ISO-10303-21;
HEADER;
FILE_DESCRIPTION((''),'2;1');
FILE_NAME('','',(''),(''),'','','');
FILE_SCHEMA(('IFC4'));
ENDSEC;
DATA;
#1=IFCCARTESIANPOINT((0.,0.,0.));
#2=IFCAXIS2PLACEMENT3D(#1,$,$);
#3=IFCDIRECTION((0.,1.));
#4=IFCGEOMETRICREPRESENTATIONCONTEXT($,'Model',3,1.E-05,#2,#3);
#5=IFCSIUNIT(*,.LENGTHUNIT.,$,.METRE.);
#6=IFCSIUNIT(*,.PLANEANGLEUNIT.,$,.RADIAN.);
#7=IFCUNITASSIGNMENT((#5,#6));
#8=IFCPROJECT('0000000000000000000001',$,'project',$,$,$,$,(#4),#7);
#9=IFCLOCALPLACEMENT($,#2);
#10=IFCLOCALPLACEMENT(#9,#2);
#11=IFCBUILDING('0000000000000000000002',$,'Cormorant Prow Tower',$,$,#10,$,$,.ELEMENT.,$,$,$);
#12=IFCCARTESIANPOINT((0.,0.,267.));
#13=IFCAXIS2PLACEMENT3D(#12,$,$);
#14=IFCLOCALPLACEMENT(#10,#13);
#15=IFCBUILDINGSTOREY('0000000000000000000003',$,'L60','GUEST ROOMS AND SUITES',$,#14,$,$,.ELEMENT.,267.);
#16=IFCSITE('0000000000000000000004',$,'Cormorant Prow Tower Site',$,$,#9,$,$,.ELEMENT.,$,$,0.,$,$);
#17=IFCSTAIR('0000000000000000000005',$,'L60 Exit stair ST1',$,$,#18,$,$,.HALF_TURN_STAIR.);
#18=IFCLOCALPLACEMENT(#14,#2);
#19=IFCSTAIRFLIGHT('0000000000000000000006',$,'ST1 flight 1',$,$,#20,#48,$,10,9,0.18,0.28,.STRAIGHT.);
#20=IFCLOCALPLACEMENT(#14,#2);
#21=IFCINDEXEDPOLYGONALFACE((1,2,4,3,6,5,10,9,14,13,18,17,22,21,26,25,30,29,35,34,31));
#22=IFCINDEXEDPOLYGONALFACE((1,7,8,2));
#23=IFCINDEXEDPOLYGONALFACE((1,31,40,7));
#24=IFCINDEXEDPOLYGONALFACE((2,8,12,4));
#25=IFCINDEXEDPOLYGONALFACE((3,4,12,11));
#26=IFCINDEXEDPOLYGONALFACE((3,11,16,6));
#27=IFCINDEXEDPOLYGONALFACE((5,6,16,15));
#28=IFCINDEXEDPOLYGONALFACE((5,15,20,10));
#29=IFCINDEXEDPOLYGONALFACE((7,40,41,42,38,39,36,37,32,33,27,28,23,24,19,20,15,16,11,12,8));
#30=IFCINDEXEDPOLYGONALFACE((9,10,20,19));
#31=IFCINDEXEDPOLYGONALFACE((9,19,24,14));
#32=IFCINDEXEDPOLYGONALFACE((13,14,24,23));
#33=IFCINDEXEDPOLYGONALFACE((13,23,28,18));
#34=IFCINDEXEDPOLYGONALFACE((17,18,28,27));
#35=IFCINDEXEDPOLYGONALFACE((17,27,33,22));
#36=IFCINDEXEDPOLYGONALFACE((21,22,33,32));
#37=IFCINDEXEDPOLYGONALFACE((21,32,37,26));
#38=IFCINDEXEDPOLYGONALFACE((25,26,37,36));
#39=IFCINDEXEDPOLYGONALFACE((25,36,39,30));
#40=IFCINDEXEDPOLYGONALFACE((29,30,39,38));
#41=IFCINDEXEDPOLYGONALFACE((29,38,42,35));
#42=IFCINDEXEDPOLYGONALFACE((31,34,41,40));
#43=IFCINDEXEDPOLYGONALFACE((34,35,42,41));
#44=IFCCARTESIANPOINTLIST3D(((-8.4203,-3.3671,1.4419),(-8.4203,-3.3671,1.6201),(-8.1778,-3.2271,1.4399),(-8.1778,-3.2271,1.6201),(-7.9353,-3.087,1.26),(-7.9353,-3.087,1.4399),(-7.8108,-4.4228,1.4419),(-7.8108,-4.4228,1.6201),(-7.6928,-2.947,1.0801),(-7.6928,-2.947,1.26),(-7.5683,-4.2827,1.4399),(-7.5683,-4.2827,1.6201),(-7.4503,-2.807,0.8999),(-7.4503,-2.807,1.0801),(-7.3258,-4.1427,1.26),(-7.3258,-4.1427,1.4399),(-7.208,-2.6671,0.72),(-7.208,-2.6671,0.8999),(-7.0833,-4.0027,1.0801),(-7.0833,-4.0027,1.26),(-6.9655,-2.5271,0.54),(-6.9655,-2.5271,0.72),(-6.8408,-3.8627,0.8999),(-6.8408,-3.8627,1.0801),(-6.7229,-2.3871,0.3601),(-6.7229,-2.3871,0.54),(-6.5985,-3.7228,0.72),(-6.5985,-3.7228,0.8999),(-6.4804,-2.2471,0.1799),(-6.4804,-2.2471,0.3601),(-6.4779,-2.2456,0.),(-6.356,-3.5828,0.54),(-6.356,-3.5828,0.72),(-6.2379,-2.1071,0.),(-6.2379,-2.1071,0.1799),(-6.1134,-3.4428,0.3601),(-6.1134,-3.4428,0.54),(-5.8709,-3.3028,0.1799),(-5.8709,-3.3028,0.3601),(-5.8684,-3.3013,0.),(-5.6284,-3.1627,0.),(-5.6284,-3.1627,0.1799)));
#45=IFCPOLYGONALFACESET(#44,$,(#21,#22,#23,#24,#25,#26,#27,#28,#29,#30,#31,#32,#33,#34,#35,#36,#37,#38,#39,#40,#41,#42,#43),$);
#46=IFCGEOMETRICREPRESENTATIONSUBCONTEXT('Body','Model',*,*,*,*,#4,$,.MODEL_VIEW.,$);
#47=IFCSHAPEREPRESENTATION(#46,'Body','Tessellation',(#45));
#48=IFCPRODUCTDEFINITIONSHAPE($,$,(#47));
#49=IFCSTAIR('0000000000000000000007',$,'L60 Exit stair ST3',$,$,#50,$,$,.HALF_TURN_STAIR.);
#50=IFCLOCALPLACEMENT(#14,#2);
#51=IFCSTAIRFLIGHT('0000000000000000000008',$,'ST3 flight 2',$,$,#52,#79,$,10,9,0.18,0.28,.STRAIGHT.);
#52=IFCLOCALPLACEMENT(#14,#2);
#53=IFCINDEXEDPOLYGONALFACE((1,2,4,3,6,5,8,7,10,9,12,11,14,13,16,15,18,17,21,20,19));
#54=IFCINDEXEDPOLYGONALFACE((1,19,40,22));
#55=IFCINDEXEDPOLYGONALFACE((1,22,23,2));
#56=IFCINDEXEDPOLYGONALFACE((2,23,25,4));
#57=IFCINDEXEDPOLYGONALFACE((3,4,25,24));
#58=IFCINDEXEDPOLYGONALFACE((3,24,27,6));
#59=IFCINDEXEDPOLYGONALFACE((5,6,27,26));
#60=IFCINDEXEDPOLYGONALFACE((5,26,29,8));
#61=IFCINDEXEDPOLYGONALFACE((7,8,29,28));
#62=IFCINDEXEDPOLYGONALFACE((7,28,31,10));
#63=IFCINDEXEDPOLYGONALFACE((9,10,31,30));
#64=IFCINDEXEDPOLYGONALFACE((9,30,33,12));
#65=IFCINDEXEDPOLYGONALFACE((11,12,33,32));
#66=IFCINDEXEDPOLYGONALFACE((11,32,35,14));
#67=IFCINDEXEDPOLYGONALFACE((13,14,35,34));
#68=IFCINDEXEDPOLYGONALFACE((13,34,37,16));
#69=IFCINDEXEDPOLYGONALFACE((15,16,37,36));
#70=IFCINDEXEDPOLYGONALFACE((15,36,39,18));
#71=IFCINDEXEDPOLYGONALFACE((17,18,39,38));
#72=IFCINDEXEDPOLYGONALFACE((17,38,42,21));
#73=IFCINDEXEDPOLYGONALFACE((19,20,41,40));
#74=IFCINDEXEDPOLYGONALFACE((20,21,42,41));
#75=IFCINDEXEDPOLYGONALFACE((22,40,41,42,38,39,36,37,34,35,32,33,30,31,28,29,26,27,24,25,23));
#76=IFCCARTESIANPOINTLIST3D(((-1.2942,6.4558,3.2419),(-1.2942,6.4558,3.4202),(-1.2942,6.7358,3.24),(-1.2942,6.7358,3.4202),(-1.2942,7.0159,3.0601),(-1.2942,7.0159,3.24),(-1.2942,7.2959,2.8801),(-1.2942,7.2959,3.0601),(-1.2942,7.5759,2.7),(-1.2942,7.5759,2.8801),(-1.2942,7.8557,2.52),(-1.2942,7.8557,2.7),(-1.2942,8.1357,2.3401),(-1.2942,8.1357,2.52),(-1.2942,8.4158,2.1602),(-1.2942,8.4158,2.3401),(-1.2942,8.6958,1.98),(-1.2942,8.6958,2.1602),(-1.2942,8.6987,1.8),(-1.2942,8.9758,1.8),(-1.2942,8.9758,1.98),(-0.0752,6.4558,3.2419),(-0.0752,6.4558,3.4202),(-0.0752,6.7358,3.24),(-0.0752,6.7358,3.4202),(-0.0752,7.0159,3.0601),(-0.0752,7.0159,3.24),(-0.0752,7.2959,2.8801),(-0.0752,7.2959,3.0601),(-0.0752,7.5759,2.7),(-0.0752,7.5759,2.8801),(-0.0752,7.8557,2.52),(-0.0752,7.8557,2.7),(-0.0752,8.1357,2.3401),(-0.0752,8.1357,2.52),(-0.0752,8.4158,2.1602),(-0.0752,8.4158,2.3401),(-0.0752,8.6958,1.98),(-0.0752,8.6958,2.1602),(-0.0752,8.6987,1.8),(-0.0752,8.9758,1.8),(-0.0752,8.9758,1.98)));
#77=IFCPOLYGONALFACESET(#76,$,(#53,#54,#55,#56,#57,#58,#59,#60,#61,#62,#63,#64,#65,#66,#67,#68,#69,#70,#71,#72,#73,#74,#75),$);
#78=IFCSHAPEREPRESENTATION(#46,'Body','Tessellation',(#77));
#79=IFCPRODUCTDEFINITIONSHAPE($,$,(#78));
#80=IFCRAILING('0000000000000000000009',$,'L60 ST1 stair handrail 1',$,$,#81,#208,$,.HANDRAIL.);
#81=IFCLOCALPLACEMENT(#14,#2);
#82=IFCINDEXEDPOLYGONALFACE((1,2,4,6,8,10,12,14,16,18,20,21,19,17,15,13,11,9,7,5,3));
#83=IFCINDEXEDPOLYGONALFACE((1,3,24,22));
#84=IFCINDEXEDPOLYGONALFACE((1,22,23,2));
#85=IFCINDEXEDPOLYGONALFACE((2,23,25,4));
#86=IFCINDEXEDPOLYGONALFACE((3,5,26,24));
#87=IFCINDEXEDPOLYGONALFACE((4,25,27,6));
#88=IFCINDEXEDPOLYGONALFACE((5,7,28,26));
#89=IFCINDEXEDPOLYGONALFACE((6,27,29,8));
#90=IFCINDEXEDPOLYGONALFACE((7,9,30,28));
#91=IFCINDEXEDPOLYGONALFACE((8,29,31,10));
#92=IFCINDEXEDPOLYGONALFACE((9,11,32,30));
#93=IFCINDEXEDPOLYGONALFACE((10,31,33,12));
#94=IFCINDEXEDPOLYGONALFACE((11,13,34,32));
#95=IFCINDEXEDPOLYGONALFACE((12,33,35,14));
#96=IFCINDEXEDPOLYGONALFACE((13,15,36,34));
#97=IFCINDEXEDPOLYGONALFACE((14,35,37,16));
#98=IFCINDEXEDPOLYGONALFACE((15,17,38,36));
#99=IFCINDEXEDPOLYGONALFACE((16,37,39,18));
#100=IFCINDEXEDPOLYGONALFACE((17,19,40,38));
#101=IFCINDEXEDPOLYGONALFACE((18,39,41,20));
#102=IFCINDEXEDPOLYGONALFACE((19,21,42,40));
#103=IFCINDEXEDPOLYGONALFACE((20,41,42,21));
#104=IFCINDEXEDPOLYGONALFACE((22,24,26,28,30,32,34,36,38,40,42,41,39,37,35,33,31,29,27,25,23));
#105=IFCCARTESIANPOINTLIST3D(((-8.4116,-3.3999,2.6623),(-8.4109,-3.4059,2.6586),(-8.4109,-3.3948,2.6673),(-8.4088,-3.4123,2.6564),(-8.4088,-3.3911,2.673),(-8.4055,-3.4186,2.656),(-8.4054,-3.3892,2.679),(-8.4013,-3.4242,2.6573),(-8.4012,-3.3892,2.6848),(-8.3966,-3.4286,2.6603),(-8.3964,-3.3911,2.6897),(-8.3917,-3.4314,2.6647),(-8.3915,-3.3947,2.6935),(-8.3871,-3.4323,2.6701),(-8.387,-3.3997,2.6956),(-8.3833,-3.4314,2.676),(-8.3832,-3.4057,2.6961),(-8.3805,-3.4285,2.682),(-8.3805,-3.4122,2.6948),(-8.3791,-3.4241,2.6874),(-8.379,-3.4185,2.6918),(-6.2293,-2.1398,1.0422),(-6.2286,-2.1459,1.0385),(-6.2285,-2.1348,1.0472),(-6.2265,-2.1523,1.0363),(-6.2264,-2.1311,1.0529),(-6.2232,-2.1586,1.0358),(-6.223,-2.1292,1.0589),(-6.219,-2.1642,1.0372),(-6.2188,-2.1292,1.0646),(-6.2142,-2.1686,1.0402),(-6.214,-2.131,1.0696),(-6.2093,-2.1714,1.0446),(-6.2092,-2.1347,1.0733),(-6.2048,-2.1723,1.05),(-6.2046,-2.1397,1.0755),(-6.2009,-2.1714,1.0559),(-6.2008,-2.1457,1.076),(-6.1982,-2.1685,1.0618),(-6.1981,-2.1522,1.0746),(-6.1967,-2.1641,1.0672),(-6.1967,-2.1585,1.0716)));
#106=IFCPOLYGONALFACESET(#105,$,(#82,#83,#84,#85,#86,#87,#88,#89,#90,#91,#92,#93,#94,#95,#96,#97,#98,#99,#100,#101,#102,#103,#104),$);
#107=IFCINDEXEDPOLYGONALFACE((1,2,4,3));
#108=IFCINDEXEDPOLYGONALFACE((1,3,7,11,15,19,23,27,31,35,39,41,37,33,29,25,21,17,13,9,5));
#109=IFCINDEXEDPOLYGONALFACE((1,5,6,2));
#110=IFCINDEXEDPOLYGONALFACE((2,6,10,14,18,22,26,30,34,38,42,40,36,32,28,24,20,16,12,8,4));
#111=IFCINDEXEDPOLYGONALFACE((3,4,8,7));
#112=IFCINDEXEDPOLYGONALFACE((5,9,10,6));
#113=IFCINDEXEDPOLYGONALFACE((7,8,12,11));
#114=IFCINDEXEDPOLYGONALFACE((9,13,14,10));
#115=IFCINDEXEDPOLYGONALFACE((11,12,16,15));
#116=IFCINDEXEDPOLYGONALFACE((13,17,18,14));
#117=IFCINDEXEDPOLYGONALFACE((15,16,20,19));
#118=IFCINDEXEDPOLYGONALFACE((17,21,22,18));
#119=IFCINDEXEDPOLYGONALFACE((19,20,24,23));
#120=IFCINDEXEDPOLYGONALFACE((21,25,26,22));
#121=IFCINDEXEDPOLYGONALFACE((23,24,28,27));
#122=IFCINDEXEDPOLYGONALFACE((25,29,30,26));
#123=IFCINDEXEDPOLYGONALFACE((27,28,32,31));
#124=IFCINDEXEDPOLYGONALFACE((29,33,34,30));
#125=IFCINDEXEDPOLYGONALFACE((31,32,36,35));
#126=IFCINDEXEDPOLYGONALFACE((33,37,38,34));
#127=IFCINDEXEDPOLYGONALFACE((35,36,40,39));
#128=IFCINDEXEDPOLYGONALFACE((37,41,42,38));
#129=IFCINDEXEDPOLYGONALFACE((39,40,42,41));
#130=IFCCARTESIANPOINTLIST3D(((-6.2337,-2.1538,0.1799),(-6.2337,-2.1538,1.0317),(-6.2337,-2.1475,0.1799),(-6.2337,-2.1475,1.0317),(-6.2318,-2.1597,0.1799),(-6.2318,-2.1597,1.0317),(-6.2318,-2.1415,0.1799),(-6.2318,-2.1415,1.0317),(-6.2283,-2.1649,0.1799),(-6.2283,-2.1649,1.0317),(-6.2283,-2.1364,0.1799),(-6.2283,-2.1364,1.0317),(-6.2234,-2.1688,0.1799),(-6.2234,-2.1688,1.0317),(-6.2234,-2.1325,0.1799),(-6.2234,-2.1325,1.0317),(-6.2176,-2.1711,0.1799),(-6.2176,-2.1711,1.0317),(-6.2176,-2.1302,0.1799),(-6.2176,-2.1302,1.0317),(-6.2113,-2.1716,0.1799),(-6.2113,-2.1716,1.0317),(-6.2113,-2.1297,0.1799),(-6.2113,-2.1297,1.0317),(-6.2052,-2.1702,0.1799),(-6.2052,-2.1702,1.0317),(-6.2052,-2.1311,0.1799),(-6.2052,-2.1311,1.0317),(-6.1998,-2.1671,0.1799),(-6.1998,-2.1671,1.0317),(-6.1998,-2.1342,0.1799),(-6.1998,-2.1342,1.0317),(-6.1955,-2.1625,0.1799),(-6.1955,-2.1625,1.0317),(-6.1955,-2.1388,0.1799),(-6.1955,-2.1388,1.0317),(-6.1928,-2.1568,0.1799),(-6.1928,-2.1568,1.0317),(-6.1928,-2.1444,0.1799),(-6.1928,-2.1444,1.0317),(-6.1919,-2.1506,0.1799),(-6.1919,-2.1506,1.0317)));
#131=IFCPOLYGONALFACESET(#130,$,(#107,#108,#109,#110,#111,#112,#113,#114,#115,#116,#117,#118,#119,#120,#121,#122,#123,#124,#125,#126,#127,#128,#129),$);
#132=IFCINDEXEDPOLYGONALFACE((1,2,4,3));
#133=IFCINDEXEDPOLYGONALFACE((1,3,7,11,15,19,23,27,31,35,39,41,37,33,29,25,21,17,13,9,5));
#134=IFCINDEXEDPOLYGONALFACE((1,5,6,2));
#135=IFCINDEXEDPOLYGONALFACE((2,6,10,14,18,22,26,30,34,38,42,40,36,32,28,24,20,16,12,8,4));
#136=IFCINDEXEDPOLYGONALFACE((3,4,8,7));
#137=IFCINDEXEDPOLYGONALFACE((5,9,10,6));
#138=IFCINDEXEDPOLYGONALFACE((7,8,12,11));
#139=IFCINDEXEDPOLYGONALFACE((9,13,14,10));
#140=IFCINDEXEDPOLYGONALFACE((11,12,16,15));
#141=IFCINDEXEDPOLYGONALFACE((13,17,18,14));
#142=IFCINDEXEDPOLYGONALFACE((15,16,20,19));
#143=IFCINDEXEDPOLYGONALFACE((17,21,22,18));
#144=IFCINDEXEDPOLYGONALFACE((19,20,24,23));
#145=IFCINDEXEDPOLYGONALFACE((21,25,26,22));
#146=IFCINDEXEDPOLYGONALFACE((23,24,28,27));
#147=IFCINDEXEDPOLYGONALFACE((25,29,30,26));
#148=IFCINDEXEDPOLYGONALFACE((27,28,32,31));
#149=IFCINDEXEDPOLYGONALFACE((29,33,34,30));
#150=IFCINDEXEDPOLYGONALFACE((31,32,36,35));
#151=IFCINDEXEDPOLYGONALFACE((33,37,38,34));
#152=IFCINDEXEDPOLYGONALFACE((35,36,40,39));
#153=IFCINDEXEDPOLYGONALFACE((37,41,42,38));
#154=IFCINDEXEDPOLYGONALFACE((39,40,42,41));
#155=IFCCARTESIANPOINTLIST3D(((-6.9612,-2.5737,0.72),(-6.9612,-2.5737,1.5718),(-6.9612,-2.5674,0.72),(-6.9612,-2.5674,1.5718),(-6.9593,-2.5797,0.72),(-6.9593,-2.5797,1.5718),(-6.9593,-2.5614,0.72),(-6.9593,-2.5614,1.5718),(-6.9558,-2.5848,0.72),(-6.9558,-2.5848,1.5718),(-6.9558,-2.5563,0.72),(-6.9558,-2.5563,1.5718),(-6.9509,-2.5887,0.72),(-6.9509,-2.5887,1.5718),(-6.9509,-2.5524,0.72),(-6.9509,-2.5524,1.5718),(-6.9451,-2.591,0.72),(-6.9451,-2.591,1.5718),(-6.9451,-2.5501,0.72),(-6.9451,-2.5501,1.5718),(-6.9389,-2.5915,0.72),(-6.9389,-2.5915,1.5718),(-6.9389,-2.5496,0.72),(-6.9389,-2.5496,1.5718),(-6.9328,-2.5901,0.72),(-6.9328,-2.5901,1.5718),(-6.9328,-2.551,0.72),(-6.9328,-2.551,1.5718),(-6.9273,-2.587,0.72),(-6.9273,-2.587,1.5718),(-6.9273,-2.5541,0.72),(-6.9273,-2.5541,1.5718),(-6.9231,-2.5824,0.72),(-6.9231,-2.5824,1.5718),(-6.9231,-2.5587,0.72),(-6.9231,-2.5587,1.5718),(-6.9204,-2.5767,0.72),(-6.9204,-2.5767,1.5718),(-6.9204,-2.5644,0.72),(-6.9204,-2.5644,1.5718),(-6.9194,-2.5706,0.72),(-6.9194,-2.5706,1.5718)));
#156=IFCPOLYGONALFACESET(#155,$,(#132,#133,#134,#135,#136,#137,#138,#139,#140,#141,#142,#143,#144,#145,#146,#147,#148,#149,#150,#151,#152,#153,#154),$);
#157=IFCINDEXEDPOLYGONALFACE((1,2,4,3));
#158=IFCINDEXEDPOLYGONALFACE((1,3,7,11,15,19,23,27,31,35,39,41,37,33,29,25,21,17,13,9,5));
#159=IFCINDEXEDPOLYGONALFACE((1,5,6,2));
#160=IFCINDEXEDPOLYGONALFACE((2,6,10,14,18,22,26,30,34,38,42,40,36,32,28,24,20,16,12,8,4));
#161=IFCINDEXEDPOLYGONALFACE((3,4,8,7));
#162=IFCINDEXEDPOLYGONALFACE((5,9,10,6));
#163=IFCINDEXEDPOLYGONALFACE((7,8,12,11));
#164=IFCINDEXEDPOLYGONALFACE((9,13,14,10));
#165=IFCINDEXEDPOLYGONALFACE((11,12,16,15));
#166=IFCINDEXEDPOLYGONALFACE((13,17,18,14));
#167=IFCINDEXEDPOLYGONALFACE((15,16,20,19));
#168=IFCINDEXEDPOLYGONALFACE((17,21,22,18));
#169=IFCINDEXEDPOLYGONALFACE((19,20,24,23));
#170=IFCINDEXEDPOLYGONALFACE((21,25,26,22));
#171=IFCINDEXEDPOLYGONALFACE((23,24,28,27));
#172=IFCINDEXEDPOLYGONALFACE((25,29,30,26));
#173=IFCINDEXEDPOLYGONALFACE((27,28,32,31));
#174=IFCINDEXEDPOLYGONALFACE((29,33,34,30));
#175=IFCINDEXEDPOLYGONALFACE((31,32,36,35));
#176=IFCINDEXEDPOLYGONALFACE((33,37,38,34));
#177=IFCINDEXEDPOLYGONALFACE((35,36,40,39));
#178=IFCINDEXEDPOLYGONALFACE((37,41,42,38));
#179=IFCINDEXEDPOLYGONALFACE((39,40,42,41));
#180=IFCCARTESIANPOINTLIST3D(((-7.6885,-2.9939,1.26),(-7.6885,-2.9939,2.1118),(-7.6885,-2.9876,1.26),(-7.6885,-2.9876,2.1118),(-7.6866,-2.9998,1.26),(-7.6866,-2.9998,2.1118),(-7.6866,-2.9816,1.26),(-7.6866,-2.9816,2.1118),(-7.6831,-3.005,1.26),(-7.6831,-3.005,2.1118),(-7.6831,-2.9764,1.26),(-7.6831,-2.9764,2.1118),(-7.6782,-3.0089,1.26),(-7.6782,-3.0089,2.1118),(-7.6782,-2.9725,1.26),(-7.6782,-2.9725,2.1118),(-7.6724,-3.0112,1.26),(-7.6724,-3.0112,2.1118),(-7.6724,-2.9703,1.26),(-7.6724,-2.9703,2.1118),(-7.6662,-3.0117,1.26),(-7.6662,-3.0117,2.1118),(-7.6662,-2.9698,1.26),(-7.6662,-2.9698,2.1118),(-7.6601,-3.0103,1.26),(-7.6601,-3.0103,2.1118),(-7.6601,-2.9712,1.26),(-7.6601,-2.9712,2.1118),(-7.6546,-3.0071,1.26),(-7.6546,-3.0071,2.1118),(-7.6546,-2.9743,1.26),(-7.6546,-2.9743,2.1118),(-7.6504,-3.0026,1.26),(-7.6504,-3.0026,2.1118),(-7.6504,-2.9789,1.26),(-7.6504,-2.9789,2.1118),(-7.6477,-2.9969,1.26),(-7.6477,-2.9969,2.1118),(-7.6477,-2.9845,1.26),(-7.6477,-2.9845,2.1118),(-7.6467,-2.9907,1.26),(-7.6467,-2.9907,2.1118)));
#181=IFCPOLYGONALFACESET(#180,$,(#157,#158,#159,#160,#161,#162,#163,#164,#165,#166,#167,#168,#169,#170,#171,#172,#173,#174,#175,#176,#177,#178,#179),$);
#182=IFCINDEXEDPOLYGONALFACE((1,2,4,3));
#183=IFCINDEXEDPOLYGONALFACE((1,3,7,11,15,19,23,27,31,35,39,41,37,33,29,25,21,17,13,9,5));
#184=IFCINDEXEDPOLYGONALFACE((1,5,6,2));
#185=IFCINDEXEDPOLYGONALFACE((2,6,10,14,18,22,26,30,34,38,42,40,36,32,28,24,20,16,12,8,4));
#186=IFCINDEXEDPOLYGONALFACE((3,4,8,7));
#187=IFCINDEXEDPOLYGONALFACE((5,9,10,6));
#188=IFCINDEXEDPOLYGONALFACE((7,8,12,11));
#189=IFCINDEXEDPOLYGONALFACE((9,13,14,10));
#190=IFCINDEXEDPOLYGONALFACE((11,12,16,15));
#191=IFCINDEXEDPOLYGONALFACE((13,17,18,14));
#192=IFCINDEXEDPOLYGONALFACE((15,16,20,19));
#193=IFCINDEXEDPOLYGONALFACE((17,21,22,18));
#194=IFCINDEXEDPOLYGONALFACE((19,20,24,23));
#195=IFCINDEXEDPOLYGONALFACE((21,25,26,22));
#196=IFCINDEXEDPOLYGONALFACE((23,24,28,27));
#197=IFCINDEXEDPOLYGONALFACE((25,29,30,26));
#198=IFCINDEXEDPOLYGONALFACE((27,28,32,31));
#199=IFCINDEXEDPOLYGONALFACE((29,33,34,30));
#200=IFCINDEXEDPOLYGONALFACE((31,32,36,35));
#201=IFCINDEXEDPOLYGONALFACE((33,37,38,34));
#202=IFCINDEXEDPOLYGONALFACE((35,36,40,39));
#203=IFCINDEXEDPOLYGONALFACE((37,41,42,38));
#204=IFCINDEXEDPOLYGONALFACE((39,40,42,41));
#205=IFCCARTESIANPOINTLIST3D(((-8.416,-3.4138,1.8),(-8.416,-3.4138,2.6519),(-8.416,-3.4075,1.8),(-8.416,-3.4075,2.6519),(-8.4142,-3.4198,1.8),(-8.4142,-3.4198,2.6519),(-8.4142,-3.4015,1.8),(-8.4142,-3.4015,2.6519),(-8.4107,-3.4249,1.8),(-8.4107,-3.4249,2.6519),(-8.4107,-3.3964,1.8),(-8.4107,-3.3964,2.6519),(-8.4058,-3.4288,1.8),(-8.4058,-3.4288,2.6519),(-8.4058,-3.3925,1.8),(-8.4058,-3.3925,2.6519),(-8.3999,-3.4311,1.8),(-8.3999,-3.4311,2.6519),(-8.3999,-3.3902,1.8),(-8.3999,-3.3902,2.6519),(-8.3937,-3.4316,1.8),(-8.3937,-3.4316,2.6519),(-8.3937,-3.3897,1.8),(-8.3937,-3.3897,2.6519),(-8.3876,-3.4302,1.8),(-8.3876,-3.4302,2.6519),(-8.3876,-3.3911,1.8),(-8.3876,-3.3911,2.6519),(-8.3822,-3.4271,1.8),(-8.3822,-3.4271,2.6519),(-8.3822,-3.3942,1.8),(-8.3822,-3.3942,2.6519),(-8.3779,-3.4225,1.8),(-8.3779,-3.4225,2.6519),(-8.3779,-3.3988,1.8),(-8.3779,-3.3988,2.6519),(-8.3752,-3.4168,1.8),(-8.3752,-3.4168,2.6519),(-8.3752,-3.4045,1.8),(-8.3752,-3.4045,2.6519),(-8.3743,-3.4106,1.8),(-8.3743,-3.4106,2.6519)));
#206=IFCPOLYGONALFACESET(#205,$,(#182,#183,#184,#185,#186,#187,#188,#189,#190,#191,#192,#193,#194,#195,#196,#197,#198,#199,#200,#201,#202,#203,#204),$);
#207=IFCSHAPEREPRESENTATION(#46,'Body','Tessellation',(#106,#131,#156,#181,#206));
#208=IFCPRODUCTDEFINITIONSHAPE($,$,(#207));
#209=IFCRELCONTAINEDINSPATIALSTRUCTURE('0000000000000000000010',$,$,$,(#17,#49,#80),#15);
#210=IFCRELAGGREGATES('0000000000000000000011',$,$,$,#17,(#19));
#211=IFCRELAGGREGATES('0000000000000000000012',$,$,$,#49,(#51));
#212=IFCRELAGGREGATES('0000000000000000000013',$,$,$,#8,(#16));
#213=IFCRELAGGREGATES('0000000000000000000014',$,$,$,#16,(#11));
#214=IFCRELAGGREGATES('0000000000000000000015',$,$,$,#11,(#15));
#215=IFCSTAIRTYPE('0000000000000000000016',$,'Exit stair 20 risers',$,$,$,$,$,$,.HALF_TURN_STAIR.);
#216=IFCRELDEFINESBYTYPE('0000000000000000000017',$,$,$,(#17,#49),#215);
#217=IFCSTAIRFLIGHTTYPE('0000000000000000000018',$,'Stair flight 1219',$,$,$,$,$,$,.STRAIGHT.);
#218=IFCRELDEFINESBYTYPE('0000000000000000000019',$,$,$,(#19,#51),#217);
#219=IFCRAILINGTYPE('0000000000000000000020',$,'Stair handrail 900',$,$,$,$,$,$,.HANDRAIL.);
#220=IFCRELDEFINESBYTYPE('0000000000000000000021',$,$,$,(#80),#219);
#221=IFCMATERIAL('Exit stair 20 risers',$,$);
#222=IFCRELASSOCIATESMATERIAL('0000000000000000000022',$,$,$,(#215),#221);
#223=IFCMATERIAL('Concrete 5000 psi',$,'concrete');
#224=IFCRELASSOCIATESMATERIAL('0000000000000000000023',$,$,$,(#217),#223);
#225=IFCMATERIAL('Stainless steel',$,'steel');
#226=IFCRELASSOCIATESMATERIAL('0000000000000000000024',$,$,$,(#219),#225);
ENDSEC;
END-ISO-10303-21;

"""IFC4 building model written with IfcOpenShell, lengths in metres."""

from ifc_helpers import new_model, si_unit, direction, frame, origin, origin_2d, place, context, subcontext, project, spatial, polyline, circle, outline, extrude, material, type_object, element, aggregate, save


model = new_model("IFC4")

# Units and contexts
model_context = context("Model", 3, precision=1e-05, world=origin(), true_north=direction((0.0, 1.0)))
body_context = subcontext(model_context, "Body", "Model", "MODEL_VIEW")
ifc_project = project(units=[si_unit("LENGTHUNIT", "METRE"), si_unit("PLANEANGLEUNIT", "RADIAN")], contexts=[model_context])

# Site, building, storey
site_placement = place(None, origin())
site = spatial("IfcSite", under=ifc_project, at=site_placement, Name="Cormorant Prow Tower Site", CompositionType="ELEMENT", RefElevation=0.0)
building_placement = place(site_placement, origin())
building = spatial("IfcBuilding", under=site, at=building_placement, Name="Cormorant Prow Tower", CompositionType="ELEMENT")
storey_placement = place(building_placement, frame((0.0, 0.0, 267.0)))
storey = spatial("IfcBuildingStorey", under=building, at=storey_placement, Name="L60", Description="GUEST ROOMS AND SUITES", CompositionType="ELEMENT", Elevation=267.0)

# Stairs, stair flights
ifc_material_1 = material(Name="Exit stair 20 risers")
stair_type = type_object("IfcStairType", Name="Exit stair 20 risers", PredefinedType="HALF_TURN_STAIR", material=ifc_material_1)
stair_1_placement = place(storey_placement, origin())
stair_1 = element("IfcStair", 1, at=stair_1_placement, inside=storey, type_object=stair_type, Name="L60 Exit stair ST1", PredefinedType="HALF_TURN_STAIR")
ifc_material_2 = material(Name="Concrete 5000 psi", Category="concrete")
stair_flight_type = type_object("IfcStairFlightType", Name="Stair flight 1219", PredefinedType="STRAIGHT", material=ifc_material_2)
stair_flight_1_placement = place(storey_placement, frame((-5.9331, -2.635, 0.0), z_axis=(0.0, 0.0, 1.0), x_axis=(-0.866025, -0.5, 0.0)))
stair_flight_1 = element("IfcStairFlight", 2, at=stair_flight_1_placement, type_object=stair_flight_type, Name="ST1 flight 1", NumberOfRisers=10, NumberOfTreads=9, PredefinedType="STRAIGHT", RiserHeight=0.18, TreadLength=0.28, context=body_context, shape_type="SweptSolid", body=[
    extrude(outline(polyline([(0.0, 0.0), (0.0, 0.1799), (0.28, 0.1799), (0.28, 0.3601), (0.5601, 0.3601), (0.5601, 0.54), (0.8401, 0.54), (0.8401, 0.72), (1.1201, 0.72), (1.1201, 0.8999), (1.3999, 0.8999), (1.3999, 1.0801), (1.6799, 1.0801), (1.6799, 1.26), (1.96, 1.26), (1.96, 1.4399), (2.24, 1.4399), (2.24, 1.6201), (2.52, 1.6201), (2.52, 1.8), (2.52, 1.4419), (0.2771, 0.0), (0.0, 0.0)])), frame((0.0, 0.6094, 0.0), z_axis=(0.0, -1.0, 0.0), x_axis=(1.0, 0.0, 0.0)), (0.0, 0.0, 1.0), 1.219),
])
aggregate(stair_1, [stair_flight_1])
stair_2_placement = place(storey_placement, origin())
stair_2 = element("IfcStair", 3, at=stair_2_placement, inside=storey, type_object=stair_type, Name="L60 Exit stair ST3", PredefinedType="HALF_TURN_STAIR")
stair_flight_2_placement = place(storey_placement, frame((-0.6846, 8.9758, 1.8), z_axis=(0.0, 0.0, 1.0), x_axis=(0.0, -1.0, 0.0)))
stair_flight_2 = element("IfcStairFlight", 4, at=stair_flight_2_placement, type_object=stair_flight_type, Name="ST3 flight 2", NumberOfRisers=10, NumberOfTreads=9, PredefinedType="STRAIGHT", RiserHeight=0.18, TreadLength=0.28, context=body_context, shape_type="SweptSolid", body=[
    extrude(outline(polyline([(0.0, 0.0), (0.0, 0.1799), (0.28, 0.1799), (0.28, 0.3601), (0.5601, 0.3601), (0.5601, 0.54), (0.8401, 0.54), (0.8401, 0.72), (1.1201, 0.72), (1.1201, 0.8999), (1.3999, 0.8999), (1.3999, 1.0801), (1.6799, 1.0801), (1.6799, 1.26), (1.96, 1.26), (1.96, 1.4399), (2.24, 1.4399), (2.24, 1.6201), (2.52, 1.6201), (2.52, 1.8), (2.52, 1.4419), (0.2771, 0.0), (0.0, 0.0)])), frame((0.0, 0.6094, 0.0), z_axis=(0.0, -1.0, 0.0), x_axis=(1.0, 0.0, 0.0)), (0.0, 0.0, 1.0), 1.219),
])
aggregate(stair_2, [stair_flight_2])

# Railing
ifc_material_3 = material(Name="Stainless steel", Category="steel")
railing_type = type_object("IfcRailingType", Name="Stair handrail 900", PredefinedType="HANDRAIL", material=ifc_material_3)
railing_1_placement = place(storey_placement, frame((-6.2129, -2.1506, 0.1799)))
element("IfcRailing", 5, at=railing_1_placement, inside=storey, type_object=railing_type, Name="L60 ST1 stair handrail 1", PredefinedType="HANDRAIL", context=body_context, shape_type="SweptSolid", body=[
    extrude(circle(Radius=0.0239, at=origin_2d()), frame((0.0, 0.0, 0.876), z_axis=(-0.728464, -0.420584, 0.540786), x_axis=(0.500005, -0.866023, 0.0)), (0.0, 0.0, 1.0), 2.9958),
    extrude(circle(Radius=0.021, at=origin_2d()), origin(), (0.0, 0.0, 1.0), 0.8518),
    extrude(circle(Radius=0.021, at=origin_2d()), frame((-0.7275, -0.4199, 0.54)), (0.0, 0.0, 1.0), 0.8518),
    extrude(circle(Radius=0.021, at=origin_2d()), frame((-1.4548, -0.8401, 1.0801)), (0.0, 0.0, 1.0), 0.8518),
    extrude(circle(Radius=0.021, at=origin_2d()), frame((-2.1824, -1.26, 1.6201)), (0.0, 0.0, 1.0), 0.8518),
])

save(model, "model.ifc")
